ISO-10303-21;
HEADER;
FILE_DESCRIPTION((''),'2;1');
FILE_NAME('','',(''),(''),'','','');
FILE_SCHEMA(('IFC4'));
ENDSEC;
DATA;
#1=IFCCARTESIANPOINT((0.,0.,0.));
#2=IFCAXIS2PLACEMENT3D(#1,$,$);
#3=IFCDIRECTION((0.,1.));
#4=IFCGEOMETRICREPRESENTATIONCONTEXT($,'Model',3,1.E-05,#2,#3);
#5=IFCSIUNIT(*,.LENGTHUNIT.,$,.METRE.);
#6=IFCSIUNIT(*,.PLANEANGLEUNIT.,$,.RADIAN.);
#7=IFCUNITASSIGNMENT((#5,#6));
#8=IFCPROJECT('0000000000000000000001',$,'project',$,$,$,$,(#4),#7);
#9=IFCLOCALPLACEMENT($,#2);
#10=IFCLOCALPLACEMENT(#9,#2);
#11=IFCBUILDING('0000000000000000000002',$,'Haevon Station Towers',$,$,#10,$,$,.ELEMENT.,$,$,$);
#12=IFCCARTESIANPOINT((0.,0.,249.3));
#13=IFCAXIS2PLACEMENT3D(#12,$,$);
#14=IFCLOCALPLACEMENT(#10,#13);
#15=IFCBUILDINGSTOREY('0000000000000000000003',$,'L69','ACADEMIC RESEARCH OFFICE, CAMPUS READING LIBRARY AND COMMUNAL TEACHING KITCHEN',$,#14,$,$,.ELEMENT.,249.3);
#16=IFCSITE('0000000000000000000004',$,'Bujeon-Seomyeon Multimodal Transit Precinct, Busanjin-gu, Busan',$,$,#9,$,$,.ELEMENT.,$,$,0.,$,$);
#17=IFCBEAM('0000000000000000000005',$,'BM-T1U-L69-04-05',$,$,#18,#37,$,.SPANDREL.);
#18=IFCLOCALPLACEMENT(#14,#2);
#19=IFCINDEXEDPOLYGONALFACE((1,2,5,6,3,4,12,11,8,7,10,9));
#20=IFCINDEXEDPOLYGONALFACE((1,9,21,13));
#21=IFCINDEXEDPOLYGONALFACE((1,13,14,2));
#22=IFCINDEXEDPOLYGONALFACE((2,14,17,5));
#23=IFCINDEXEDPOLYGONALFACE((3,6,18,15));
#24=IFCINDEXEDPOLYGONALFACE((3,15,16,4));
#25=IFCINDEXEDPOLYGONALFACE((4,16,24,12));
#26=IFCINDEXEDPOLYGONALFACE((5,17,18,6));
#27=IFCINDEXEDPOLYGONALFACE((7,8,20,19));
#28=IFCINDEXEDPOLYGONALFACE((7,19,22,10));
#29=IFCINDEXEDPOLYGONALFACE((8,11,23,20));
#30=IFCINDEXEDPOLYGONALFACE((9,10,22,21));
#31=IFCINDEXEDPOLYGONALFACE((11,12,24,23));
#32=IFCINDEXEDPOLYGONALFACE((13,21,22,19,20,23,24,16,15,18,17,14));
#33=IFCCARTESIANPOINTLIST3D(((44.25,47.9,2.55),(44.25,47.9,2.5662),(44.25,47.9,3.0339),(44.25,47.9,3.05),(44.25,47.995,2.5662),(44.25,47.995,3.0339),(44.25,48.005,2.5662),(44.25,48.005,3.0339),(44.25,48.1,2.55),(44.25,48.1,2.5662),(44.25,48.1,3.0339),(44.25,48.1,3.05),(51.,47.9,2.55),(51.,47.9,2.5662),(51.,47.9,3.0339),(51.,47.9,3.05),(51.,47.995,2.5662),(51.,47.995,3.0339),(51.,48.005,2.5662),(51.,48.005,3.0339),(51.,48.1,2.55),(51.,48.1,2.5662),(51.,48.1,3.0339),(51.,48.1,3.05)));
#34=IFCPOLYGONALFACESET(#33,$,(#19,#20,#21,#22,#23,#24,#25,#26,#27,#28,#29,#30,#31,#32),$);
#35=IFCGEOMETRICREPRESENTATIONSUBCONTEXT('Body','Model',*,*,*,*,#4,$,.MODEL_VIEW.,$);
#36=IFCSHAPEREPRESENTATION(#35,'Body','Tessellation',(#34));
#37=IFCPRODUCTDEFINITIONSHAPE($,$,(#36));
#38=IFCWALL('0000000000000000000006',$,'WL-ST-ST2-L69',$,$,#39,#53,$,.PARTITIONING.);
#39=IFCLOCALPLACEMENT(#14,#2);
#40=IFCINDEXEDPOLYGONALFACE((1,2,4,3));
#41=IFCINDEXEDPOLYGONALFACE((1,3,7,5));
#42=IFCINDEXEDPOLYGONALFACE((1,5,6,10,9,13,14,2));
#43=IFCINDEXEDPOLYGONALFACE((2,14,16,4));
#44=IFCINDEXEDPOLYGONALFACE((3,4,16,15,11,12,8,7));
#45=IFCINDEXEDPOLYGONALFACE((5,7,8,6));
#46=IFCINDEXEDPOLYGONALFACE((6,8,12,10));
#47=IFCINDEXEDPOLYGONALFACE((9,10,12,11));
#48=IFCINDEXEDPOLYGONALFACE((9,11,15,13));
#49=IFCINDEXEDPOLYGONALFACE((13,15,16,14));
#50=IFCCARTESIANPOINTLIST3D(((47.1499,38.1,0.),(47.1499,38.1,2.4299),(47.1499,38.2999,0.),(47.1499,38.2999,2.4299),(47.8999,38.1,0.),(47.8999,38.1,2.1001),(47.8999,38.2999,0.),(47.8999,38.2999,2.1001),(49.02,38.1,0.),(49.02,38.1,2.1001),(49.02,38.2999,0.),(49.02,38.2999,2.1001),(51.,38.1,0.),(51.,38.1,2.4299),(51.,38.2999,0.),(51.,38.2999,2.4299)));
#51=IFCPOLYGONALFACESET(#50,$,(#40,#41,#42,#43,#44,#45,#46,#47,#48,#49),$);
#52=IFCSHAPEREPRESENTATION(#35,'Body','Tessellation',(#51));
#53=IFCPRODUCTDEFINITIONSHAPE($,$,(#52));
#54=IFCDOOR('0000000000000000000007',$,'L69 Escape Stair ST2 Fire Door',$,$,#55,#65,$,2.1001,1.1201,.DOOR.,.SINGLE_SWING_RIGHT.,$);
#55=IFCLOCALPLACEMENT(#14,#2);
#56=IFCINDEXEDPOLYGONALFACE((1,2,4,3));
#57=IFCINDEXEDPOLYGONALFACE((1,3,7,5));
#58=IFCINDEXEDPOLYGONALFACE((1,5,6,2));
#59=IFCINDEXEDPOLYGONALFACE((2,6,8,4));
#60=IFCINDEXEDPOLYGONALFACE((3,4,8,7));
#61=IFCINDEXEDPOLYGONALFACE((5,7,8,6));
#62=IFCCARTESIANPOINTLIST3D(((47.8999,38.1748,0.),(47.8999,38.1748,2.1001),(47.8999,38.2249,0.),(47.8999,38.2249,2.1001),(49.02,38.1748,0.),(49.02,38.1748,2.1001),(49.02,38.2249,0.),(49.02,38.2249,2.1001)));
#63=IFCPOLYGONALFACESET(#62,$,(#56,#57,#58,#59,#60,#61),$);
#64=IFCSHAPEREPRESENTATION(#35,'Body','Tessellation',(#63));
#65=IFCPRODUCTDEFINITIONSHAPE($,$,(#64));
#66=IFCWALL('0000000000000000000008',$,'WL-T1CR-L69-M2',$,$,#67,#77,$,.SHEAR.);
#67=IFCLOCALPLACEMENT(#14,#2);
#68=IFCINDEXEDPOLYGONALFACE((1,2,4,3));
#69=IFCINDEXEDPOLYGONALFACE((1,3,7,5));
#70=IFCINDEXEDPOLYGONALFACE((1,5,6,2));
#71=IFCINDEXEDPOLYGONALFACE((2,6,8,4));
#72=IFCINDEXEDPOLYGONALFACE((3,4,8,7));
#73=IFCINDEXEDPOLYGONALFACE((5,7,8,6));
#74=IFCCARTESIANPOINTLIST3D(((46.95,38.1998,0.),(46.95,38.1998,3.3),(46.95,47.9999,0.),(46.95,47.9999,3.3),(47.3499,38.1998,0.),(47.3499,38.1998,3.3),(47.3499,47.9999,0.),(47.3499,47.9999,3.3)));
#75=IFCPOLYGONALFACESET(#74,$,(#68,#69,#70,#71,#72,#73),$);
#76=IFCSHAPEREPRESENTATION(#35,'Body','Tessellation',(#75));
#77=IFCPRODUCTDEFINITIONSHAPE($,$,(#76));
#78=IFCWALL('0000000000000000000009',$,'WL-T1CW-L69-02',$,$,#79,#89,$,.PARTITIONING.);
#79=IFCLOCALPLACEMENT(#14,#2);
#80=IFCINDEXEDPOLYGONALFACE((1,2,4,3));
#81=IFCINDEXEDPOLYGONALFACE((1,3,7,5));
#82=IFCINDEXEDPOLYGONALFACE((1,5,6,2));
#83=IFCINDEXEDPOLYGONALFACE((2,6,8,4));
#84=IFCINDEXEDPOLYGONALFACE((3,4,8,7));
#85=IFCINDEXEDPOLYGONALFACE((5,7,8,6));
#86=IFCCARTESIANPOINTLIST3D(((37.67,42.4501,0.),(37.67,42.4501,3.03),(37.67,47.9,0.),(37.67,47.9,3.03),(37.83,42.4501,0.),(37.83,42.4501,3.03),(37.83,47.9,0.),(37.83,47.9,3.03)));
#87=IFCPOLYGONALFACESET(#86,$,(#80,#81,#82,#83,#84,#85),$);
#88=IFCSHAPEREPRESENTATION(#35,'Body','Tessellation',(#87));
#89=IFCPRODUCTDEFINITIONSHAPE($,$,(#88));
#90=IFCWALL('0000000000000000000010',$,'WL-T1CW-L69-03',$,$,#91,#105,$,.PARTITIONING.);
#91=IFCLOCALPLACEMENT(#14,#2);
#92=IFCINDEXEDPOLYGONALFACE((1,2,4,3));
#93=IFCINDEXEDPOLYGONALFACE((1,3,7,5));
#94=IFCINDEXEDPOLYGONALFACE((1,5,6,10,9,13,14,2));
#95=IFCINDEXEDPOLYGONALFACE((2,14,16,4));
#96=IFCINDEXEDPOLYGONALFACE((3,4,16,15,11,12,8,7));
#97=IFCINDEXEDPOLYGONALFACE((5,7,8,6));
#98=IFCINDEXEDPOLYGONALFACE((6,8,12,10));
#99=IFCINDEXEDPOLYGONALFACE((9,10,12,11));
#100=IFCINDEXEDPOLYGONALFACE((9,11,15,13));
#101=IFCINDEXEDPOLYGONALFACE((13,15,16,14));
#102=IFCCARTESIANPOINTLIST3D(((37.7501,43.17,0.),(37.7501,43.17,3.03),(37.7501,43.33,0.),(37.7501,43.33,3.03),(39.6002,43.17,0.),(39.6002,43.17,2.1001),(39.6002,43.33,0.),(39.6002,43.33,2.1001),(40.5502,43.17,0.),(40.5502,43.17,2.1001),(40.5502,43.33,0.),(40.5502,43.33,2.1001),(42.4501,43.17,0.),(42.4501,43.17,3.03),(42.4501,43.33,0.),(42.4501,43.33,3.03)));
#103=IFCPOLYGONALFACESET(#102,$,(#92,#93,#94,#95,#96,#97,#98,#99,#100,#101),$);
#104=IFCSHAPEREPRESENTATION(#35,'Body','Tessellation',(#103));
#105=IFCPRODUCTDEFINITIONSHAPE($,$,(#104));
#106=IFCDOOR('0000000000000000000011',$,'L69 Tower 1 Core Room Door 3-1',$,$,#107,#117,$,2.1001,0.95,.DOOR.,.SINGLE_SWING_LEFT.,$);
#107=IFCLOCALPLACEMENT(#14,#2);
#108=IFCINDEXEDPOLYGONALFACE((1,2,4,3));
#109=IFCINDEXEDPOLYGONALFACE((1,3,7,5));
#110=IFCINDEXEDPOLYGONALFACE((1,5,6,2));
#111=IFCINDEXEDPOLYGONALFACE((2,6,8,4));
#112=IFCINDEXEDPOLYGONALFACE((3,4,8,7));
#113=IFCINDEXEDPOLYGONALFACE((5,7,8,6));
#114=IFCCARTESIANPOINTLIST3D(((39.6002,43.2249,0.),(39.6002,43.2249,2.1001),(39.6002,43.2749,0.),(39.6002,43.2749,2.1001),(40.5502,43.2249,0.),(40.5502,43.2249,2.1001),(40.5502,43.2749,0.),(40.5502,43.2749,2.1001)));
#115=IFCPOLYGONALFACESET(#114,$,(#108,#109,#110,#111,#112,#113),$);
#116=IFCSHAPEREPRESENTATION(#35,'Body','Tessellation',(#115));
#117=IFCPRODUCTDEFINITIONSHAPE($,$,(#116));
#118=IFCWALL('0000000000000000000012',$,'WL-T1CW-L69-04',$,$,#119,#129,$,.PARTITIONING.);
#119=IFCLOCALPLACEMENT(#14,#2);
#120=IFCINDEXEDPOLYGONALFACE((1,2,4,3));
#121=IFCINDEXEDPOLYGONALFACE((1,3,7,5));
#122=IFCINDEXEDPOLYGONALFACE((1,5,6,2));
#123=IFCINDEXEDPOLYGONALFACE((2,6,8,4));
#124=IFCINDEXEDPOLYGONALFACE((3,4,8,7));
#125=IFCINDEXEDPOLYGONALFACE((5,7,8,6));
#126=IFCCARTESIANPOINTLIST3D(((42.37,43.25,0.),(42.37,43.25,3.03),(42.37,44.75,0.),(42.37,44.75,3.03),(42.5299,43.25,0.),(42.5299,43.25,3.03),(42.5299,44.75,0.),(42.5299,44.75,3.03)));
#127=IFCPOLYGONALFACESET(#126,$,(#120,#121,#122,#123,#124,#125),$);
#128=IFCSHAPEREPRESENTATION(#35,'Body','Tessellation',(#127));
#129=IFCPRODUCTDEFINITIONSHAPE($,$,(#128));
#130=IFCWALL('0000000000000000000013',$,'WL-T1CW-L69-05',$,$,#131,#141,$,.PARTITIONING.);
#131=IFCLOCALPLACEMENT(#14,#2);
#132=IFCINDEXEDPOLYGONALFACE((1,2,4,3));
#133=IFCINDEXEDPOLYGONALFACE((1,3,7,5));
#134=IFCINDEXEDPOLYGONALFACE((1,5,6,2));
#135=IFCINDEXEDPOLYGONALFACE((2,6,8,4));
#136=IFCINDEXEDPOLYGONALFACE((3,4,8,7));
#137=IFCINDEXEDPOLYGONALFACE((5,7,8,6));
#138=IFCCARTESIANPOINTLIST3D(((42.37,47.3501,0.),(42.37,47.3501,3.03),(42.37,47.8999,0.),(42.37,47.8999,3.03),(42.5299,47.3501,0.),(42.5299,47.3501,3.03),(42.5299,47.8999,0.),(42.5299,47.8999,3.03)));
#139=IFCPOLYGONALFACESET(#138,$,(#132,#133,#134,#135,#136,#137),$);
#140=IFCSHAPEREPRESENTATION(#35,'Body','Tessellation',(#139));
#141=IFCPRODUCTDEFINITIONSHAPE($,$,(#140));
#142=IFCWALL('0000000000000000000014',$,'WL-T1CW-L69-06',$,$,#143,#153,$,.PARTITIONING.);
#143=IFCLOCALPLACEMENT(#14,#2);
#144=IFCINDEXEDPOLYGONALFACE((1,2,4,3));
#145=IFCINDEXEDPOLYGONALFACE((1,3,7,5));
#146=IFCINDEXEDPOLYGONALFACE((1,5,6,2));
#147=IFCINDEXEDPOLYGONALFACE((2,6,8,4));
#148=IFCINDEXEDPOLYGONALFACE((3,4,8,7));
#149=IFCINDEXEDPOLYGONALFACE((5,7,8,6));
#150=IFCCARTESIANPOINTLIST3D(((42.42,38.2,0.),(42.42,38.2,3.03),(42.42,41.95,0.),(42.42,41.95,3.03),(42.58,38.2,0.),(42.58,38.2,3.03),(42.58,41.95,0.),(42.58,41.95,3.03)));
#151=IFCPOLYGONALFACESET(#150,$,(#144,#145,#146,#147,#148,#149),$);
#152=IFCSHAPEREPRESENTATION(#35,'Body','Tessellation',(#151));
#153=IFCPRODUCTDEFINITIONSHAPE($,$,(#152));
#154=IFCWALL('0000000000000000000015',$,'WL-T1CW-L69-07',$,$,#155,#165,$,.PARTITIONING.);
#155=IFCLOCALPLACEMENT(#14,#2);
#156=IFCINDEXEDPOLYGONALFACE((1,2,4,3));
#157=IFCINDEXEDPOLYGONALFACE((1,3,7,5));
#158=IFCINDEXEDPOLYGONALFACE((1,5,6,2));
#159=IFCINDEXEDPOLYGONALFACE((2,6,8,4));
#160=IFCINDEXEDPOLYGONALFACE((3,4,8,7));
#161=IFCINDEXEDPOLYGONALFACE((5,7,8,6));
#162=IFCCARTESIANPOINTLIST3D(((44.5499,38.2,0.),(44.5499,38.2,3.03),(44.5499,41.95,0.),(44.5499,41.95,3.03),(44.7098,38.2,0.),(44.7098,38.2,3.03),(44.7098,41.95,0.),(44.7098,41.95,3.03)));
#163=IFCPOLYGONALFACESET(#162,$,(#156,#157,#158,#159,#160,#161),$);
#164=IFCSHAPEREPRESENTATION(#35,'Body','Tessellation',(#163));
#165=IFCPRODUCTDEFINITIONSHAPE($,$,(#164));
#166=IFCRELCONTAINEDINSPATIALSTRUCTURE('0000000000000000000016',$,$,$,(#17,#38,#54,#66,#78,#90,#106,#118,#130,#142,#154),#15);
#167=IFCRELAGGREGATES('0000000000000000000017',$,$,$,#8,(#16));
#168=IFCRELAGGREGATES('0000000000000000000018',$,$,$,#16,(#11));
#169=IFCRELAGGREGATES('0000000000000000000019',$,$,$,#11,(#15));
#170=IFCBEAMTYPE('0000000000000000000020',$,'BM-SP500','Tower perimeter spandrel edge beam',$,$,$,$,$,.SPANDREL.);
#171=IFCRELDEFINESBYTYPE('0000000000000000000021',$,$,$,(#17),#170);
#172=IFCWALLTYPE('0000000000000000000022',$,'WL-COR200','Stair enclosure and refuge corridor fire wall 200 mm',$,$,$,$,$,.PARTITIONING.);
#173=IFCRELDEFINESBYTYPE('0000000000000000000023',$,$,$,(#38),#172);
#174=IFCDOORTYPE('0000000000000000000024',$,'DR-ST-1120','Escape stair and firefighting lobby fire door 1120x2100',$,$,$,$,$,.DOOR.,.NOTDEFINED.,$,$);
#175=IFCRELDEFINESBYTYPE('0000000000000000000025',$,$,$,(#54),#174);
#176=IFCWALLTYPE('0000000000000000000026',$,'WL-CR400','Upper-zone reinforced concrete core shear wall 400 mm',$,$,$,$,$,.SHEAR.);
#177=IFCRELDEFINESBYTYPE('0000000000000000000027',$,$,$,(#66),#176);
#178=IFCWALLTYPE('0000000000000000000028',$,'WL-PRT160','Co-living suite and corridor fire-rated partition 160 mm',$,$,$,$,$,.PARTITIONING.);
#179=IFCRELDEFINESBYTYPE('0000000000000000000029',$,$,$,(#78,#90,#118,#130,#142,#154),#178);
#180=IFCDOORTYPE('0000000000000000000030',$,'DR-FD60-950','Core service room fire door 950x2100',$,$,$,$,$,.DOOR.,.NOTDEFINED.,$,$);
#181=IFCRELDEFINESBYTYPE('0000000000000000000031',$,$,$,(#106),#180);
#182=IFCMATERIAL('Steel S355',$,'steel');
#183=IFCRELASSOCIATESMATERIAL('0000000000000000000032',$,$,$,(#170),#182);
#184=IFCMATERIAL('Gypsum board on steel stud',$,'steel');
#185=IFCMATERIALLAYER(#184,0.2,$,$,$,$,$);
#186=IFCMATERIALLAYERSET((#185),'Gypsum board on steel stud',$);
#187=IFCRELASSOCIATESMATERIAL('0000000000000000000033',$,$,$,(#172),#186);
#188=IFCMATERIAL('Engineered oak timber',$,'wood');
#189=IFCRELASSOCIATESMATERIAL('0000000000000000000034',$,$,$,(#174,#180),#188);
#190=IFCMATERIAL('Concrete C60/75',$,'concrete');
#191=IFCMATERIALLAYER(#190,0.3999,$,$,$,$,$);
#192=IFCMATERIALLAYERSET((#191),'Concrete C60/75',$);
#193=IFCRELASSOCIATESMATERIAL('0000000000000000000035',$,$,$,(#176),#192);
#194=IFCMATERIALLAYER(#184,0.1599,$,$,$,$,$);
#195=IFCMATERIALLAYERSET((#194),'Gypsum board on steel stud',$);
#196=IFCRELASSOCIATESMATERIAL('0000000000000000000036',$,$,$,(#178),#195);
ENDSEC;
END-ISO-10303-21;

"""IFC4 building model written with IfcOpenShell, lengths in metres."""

from ifc_helpers import new_model, si_unit, direction, frame, frame_2d, origin, origin_2d, place, context, subcontext, project, spatial, rectangle, i_section, extrude, material, layer, layer_set, material_profile, profile_set, type_object, element, fill, save


model = new_model("IFC4")

# Units and contexts
model_context = context("Model", 3, precision=1e-05, world=origin(), true_north=direction((0.0, 1.0)))
body_context = subcontext(model_context, "Body", "Model", "MODEL_VIEW")
ifc_project = project(units=[si_unit("LENGTHUNIT", "METRE"), si_unit("PLANEANGLEUNIT", "RADIAN")], contexts=[model_context])

# Site, building, storey
site_placement = place(None, origin())
site = spatial("IfcSite", under=ifc_project, at=site_placement, Name="Bujeon-Seomyeon Multimodal Transit Precinct, Busanjin-gu, Busan", CompositionType="ELEMENT", RefElevation=0.0)
building_placement = place(site_placement, origin())
building = spatial("IfcBuilding", under=site, at=building_placement, Name="Haevon Station Towers", CompositionType="ELEMENT")
storey_placement = place(building_placement, frame((0.0, 0.0, 249.3)))
storey = spatial("IfcBuildingStorey", under=building, at=storey_placement, Name="L69", Description="ACADEMIC RESEARCH OFFICE, CAMPUS READING LIBRARY AND COMMUNAL TEACHING KITCHEN", CompositionType="ELEMENT", Elevation=249.3)

# Shared definitions
ifc_material_1 = material(Name="Steel S355", Category="steel")

# Beam
ifc_material_profile_1 = material_profile(ifc_material_1, i_section(OverallWidth=0.2, OverallDepth=0.5, WebThickness=0.01, FlangeThickness=0.0161, at=origin_2d()), Name="H-500x200x10x16")
ifc_profile_set_1 = profile_set([ifc_material_profile_1], Name="Steel S355")
beam_type_1 = type_object("IfcBeamType", Name="BM-SP500", Description="Tower perimeter spandrel edge beam", PredefinedType="SPANDREL", material=ifc_profile_set_1)
for number, where, z_axis, x_axis, name in (
    (1, (44.25, 48.0, 2.8), (1.0, 0.0, 0.0), (0.0, 1.0, 0.0), "BM-T1U-L69-04-05"),
):
    element("IfcBeam", number, at=place(storey_placement, frame(where, z_axis=z_axis, x_axis=x_axis)), inside=storey, type_object=beam_type_1, Name=name, PredefinedType="SPANDREL", context=body_context, shape_type="SweptSolid", body=[
        extrude(i_section(OverallWidth=0.2, OverallDepth=0.5, WebThickness=0.01, FlangeThickness=0.0161, at=origin_2d()), origin(), (0.0, 0.0, 1.0), 6.75),
    ])

# Wall, opening, door
ifc_material_2 = material(Name="Gypsum board on steel stud", Category="steel")
ifc_layer_1 = layer(ifc_material_2, 0.2)
ifc_layer_set_1 = layer_set([ifc_layer_1], Name="Gypsum board on steel stud")
wall_type_1 = type_object("IfcWallType", Name="WL-COR200", Description="Stair enclosure and refuge corridor fire wall 200 mm", PredefinedType="PARTITIONING", material=ifc_layer_set_1)
wall_1_placement = place(storey_placement, frame((47.1499, 38.2, 0.0), z_axis=(0.0, 0.0, 1.0), x_axis=(1.0, 0.0, 0.0)))
wall_1 = element("IfcWall", 2, at=wall_1_placement, inside=storey, type_object=wall_type_1, Name="WL-ST-ST2-L69", PredefinedType="PARTITIONING", context=body_context, shape_type="SweptSolid", body=[
    extrude(rectangle(XDim=3.8501, YDim=0.2, at=frame_2d((1.925, 0.0))), origin(), (0.0, 0.0, 1.0), 2.4299),
])
opening_1_placement = place(wall_1_placement, frame((0.75, 0.0, 0.0)))
opening_1 = element("IfcOpeningElement", 3, at=opening_1_placement, cuts=wall_1, PredefinedType="OPENING", context=body_context, shape_type="SweptSolid", body=[
    extrude(rectangle(XDim=1.1201, YDim=2.1001, at=frame_2d((0.5601, 1.05))), frame((0.0, 0.1099, 0.0), z_axis=(0.0, -1.0, 0.0), x_axis=(1.0, 0.0, 0.0)), (0.0, 0.0, 1.0), 0.22),
])
ifc_material_3 = material(Name="Engineered oak timber", Category="wood")
door_type_1 = type_object("IfcDoorType", Name="DR-ST-1120", Description="Escape stair and firefighting lobby fire door 1120x2100", OperationType="NOTDEFINED", PredefinedType="DOOR", material=ifc_material_3)
door_1_placement = place(opening_1_placement, origin())
door_1 = element("IfcDoor", 4, at=door_1_placement, inside=storey, type_object=door_type_1, Name="L69 Escape Stair ST2 Fire Door", OperationType="SINGLE_SWING_RIGHT", OverallHeight=2.1001, OverallWidth=1.1201, PredefinedType="DOOR", context=body_context, shape_type="SweptSolid", body=[
    extrude(rectangle(XDim=1.1201, YDim=2.1001, at=frame_2d((0.5601, 1.05))), frame((0.0, 0.0249, 0.0), z_axis=(0.0, -1.0, 0.0), x_axis=(1.0, 0.0, 0.0)), (0.0, 0.0, 1.0), 0.05),
])
fill(opening_1, door_1)

# Walls
ifc_material_4 = material(Name="Concrete C60/75", Category="concrete")
ifc_layer_2 = layer(ifc_material_4, 0.3999)
ifc_layer_set_2 = layer_set([ifc_layer_2], Name="Concrete C60/75")
wall_type_2 = type_object("IfcWallType", Name="WL-CR400", Description="Upper-zone reinforced concrete core shear wall 400 mm", PredefinedType="SHEAR", material=ifc_layer_set_2)
wall_2_placement = place(storey_placement, frame((47.1499, 38.2, 0.0), z_axis=(0.0, 0.0, 1.0), x_axis=(0.0, 1.0, 0.0)))
element("IfcWall", 5, at=wall_2_placement, inside=storey, type_object=wall_type_2, Name="WL-T1CR-L69-M2", PredefinedType="SHEAR", context=body_context, shape_type="SweptSolid", body=[
    extrude(rectangle(XDim=9.8, YDim=0.3999, at=frame_2d((4.8999, 0.0))), origin(), (0.0, 0.0, 1.0), 3.3),
])
ifc_layer_3 = layer(ifc_material_2, 0.1599)
ifc_layer_set_3 = layer_set([ifc_layer_3], Name="Gypsum board on steel stud")
wall_type_3 = type_object("IfcWallType", Name="WL-PRT160", Description="Co-living suite and corridor fire-rated partition 160 mm", PredefinedType="PARTITIONING", material=ifc_layer_set_3)
wall_3_placement = place(storey_placement, frame((37.75, 42.45, 0.0), z_axis=(0.0, 0.0, 1.0), x_axis=(0.0, 1.0, 0.0)))
element("IfcWall", 6, at=wall_3_placement, inside=storey, type_object=wall_type_3, Name="WL-T1CW-L69-02", PredefinedType="PARTITIONING", context=body_context, shape_type="SweptSolid", body=[
    extrude(rectangle(XDim=5.45, YDim=0.1599, at=frame_2d((2.7251, 0.0))), origin(), (0.0, 0.0, 1.0), 3.03),
])

# Wall, opening, door
wall_4_placement = place(storey_placement, frame((37.75, 43.25, 0.0), z_axis=(0.0, 0.0, 1.0), x_axis=(1.0, 0.0, 0.0)))
wall_4 = element("IfcWall", 7, at=wall_4_placement, inside=storey, type_object=wall_type_3, Name="WL-T1CW-L69-03", PredefinedType="PARTITIONING", context=body_context, shape_type="SweptSolid", body=[
    extrude(rectangle(XDim=4.7, YDim=0.1599, at=frame_2d((2.3501, 0.0))), origin(), (0.0, 0.0, 1.0), 3.03),
])
opening_2_placement = place(wall_4_placement, frame((1.8501, 0.0, 0.0)))
opening_2 = element("IfcOpeningElement", 8, at=opening_2_placement, cuts=wall_4, PredefinedType="OPENING", context=body_context, shape_type="SweptSolid", body=[
    extrude(rectangle(XDim=0.95, YDim=2.1001, at=frame_2d((0.4751, 1.05))), frame((0.0, 0.0898, 0.0), z_axis=(0.0, -1.0, 0.0), x_axis=(1.0, 0.0, 0.0)), (0.0, 0.0, 1.0), 0.1799),
])
door_type_2 = type_object("IfcDoorType", Name="DR-FD60-950", Description="Core service room fire door 950x2100", OperationType="NOTDEFINED", PredefinedType="DOOR", material=ifc_material_3)
door_2_placement = place(opening_2_placement, origin())
door_2 = element("IfcDoor", 9, at=door_2_placement, inside=storey, type_object=door_type_2, Name="L69 Tower 1 Core Room Door 3-1", OperationType="SINGLE_SWING_LEFT", OverallHeight=2.1001, OverallWidth=0.95, PredefinedType="DOOR", context=body_context, shape_type="SweptSolid", body=[
    extrude(rectangle(XDim=0.95, YDim=2.1001, at=frame_2d((0.4751, 1.05))), frame((0.0, 0.0249, 0.0), z_axis=(0.0, -1.0, 0.0), x_axis=(1.0, 0.0, 0.0)), (0.0, 0.0, 1.0), 0.05),
])
fill(opening_2, door_2)

# Walls
wall_5_placement = place(storey_placement, frame((42.45, 43.25, 0.0), z_axis=(0.0, 0.0, 1.0), x_axis=(0.0, 1.0, 0.0)))
element("IfcWall", 10, at=wall_5_placement, inside=storey, type_object=wall_type_3, Name="WL-T1CW-L69-04", PredefinedType="PARTITIONING", context=body_context, shape_type="SweptSolid", body=[
    extrude(rectangle(XDim=1.5, YDim=0.1599, at=frame_2d((0.75, 0.0))), origin(), (0.0, 0.0, 1.0), 3.03),
])
wall_6_placement = place(storey_placement, frame((42.45, 47.3501, 0.0), z_axis=(0.0, 0.0, 1.0), x_axis=(0.0, 1.0, 0.0)))
element("IfcWall", 11, at=wall_6_placement, inside=storey, type_object=wall_type_3, Name="WL-T1CW-L69-05", PredefinedType="PARTITIONING", context=body_context, shape_type="SweptSolid", body=[
    extrude(rectangle(XDim=0.5498, YDim=0.1599, at=frame_2d((0.2749, 0.0))), origin(), (0.0, 0.0, 1.0), 3.03),
])
for number, where, z_axis, x_axis, name in (
    (12, (42.5, 38.2, 0.0), (0.0, 0.0, 1.0), (0.0, 1.0, 0.0), "WL-T1CW-L69-06"),
    (13, (44.6299, 38.2, 0.0), (0.0, 0.0, 1.0), (0.0, 1.0, 0.0), "WL-T1CW-L69-07"),
):
    element("IfcWall", number, at=place(storey_placement, frame(where, z_axis=z_axis, x_axis=x_axis)), inside=storey, type_object=wall_type_3, Name=name, PredefinedType="PARTITIONING", context=body_context, shape_type="SweptSolid", body=[
        extrude(rectangle(XDim=3.75, YDim=0.1599, at=frame_2d((1.875, 0.0))), origin(), (0.0, 0.0, 1.0), 3.03),
    ])

save(model, "model.ifc")
